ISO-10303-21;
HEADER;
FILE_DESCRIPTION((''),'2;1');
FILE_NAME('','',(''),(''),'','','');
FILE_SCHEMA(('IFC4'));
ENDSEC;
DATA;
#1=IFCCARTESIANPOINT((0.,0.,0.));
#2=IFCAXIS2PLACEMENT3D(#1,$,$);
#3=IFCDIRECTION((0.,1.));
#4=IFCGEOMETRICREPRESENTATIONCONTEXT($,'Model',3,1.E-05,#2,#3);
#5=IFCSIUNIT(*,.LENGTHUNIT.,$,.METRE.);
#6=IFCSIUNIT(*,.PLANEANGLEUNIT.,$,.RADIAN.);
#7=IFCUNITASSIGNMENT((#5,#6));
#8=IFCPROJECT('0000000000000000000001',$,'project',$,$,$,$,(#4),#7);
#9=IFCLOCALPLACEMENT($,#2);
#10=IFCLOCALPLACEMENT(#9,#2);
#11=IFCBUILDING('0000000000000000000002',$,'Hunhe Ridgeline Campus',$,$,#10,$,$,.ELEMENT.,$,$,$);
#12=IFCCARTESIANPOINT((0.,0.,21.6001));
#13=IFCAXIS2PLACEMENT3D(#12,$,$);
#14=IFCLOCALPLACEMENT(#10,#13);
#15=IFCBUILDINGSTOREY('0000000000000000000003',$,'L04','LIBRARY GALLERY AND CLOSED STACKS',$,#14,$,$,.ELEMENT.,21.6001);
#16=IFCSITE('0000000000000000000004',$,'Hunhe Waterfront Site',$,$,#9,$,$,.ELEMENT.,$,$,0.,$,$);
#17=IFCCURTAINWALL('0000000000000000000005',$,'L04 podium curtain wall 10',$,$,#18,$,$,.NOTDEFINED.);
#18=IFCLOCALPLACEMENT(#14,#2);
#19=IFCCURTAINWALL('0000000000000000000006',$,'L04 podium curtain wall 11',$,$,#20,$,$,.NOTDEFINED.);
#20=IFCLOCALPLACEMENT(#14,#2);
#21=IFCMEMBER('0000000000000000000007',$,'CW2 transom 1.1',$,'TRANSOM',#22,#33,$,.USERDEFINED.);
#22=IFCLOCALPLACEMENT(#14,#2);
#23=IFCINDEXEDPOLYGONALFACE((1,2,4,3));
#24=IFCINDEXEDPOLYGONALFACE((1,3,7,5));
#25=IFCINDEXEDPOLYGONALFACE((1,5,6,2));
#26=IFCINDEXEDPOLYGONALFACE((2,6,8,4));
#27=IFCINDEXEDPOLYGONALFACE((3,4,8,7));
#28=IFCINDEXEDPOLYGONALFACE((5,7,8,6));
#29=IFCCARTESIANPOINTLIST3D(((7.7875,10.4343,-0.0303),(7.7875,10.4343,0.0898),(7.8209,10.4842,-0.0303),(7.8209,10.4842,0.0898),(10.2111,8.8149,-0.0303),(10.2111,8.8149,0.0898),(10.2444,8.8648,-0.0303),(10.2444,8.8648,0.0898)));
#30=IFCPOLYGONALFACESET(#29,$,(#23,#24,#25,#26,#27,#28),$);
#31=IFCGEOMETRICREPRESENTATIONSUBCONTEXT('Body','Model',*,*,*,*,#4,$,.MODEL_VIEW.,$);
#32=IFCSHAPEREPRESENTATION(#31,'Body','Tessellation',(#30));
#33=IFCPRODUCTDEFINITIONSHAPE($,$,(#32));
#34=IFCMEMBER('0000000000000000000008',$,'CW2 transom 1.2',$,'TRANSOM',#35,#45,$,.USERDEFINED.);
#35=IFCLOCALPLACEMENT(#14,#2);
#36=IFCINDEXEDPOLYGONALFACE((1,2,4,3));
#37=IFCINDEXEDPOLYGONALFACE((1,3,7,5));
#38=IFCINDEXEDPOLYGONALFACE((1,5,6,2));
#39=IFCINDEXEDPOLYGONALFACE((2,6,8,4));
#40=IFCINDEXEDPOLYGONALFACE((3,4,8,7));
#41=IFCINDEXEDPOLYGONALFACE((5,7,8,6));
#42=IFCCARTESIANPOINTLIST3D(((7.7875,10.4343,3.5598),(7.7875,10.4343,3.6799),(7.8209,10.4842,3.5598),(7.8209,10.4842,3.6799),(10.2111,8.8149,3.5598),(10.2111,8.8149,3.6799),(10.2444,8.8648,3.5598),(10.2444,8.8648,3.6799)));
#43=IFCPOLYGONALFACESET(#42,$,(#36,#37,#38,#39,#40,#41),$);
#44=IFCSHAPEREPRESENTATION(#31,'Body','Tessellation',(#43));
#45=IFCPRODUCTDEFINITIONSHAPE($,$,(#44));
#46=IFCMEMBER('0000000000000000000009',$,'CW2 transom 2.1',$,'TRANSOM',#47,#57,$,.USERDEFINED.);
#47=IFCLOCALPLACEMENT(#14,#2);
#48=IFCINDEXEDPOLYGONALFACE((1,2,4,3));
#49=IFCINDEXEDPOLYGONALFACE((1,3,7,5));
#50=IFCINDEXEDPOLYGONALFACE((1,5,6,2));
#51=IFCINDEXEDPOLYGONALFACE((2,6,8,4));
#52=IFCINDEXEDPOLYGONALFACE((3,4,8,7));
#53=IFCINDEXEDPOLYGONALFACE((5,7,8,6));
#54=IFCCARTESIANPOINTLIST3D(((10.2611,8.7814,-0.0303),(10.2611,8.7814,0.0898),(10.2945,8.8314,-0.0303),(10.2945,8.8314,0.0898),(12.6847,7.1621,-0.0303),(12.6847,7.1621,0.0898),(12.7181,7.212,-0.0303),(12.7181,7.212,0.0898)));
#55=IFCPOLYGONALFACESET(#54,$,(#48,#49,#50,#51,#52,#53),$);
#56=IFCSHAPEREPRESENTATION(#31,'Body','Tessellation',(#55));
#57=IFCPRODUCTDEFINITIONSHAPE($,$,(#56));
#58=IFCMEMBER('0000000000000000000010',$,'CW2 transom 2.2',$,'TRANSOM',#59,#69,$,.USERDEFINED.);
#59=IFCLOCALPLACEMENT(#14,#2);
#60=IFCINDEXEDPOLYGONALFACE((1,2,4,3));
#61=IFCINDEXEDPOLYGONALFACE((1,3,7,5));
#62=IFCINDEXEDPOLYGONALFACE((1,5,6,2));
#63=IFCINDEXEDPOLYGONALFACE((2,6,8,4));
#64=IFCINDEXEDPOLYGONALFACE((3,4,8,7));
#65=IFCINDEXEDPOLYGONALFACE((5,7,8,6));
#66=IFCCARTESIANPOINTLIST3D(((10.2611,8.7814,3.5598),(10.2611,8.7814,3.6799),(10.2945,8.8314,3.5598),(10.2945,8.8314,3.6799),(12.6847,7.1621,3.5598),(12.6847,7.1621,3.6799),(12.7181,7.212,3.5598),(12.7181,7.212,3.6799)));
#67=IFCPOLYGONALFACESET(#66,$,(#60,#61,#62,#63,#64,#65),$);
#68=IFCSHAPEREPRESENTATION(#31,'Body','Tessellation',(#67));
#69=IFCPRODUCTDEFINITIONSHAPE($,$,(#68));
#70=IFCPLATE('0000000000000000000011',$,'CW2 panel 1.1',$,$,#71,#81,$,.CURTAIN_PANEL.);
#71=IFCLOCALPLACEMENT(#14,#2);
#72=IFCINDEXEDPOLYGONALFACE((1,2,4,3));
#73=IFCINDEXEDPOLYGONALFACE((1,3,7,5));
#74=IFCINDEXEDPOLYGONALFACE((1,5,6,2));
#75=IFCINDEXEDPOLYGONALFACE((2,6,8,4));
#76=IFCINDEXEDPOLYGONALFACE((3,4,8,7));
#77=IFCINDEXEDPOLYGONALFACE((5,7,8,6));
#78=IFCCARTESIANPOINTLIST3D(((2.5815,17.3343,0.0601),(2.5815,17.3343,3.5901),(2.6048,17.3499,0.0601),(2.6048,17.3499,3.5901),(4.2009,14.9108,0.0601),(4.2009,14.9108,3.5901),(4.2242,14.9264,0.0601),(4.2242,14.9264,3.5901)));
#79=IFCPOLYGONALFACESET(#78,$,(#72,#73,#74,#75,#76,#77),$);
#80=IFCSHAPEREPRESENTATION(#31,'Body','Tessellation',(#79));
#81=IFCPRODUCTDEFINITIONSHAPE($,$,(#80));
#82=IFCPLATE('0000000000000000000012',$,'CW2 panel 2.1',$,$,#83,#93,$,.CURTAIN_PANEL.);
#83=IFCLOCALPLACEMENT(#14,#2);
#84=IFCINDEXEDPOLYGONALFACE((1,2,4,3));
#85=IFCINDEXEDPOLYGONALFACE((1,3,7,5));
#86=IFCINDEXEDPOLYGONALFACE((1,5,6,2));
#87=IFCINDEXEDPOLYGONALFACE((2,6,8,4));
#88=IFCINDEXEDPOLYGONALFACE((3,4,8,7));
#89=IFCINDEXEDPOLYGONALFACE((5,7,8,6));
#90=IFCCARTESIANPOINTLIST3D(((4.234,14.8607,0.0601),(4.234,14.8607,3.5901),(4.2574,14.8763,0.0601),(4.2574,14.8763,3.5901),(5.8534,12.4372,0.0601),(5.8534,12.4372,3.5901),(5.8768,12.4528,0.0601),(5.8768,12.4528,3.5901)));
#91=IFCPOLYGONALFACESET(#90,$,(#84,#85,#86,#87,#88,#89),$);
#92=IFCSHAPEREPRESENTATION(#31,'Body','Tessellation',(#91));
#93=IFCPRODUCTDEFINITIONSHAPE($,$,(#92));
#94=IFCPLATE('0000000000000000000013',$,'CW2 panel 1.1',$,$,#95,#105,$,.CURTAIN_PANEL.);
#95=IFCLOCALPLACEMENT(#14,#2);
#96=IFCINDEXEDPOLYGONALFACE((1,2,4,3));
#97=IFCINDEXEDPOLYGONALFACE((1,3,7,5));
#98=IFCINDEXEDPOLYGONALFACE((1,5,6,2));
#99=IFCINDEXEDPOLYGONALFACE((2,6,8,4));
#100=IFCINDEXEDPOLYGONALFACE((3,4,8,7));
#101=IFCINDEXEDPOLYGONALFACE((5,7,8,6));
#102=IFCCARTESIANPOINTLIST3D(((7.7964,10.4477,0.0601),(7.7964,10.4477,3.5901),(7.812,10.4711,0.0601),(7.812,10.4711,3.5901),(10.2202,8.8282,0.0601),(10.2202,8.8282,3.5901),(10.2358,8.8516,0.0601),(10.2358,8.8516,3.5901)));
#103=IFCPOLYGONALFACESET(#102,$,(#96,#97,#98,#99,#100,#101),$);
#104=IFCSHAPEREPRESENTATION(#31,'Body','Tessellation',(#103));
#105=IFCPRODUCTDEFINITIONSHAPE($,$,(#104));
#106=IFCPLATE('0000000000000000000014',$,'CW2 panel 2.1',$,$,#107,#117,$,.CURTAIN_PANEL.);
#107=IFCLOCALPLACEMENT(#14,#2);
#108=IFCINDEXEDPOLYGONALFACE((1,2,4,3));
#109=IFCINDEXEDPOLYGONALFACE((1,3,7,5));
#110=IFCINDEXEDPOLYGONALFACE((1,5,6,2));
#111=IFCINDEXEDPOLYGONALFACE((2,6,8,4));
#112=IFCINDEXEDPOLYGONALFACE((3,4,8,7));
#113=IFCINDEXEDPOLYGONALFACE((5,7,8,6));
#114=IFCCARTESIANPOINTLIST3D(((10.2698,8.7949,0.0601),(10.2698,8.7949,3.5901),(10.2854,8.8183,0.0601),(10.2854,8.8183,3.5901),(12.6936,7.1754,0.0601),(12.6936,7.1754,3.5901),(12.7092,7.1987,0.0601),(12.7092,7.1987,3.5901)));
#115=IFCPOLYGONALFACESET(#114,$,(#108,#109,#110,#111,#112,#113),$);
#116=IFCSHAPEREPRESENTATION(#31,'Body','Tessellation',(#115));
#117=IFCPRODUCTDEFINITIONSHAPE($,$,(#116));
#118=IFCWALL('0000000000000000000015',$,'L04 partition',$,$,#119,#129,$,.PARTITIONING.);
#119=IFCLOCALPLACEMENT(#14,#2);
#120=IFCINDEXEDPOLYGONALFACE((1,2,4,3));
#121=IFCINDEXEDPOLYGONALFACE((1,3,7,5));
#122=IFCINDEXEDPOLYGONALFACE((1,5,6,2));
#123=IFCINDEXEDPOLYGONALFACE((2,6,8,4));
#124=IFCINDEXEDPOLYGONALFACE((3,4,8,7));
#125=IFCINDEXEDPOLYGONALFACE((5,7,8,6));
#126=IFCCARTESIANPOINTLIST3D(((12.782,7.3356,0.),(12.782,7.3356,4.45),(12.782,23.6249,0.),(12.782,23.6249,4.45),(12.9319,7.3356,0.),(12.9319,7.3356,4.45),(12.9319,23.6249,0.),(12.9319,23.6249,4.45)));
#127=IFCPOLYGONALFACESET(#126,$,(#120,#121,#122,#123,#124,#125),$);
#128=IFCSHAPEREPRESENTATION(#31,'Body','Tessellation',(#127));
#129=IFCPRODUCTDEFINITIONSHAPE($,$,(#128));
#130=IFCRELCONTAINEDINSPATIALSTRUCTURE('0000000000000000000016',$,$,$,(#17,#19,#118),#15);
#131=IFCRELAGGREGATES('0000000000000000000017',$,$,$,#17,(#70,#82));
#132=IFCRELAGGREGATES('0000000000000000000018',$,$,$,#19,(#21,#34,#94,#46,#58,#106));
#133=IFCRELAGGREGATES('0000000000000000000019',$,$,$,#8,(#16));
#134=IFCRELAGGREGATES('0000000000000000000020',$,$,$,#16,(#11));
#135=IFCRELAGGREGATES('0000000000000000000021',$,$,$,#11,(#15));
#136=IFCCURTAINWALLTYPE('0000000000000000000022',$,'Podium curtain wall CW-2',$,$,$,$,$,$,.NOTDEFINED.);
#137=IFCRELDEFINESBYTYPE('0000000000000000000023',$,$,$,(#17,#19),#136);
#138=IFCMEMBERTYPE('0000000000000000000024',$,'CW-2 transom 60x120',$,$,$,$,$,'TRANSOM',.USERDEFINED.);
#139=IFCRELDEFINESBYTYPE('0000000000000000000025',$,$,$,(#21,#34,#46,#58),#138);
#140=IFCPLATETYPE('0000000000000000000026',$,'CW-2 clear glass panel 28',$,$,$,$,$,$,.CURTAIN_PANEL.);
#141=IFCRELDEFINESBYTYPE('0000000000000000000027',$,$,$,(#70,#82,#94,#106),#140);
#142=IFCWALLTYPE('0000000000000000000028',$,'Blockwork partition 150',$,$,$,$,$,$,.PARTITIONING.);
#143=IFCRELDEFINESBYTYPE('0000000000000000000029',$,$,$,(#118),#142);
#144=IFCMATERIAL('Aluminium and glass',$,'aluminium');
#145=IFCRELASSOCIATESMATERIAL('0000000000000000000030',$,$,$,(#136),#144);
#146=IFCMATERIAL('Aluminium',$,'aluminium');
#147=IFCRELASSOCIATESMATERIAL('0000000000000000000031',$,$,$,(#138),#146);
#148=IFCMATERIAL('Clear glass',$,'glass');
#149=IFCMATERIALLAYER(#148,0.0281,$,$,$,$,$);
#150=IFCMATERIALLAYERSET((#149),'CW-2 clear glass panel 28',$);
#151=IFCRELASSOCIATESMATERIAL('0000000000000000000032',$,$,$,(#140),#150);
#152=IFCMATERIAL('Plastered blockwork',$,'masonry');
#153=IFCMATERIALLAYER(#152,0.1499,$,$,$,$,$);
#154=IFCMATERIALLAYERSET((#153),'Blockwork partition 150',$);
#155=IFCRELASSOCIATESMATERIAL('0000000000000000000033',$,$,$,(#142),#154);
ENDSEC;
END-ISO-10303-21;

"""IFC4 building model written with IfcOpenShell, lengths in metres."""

from ifc_helpers import new_model, si_unit, direction, frame, frame_2d, origin, origin_2d, place, context, subcontext, project, spatial, rectangle, extrude, material, layer, layer_set, material_profile, profile_set, type_object, element, aggregate, save


model = new_model("IFC4")

# Units and contexts
model_context = context("Model", 3, precision=1e-05, world=origin(), true_north=direction((0.0, 1.0)))
body_context = subcontext(model_context, "Body", "Model", "MODEL_VIEW")
ifc_project = project(units=[si_unit("LENGTHUNIT", "METRE"), si_unit("PLANEANGLEUNIT", "RADIAN")], contexts=[model_context])

# Site, building, storey
site_placement = place(None, origin())
site = spatial("IfcSite", under=ifc_project, at=site_placement, Name="Hunhe Waterfront Site", CompositionType="ELEMENT", RefElevation=0.0)
building_placement = place(site_placement, origin())
building = spatial("IfcBuilding", under=site, at=building_placement, Name="Hunhe Ridgeline Campus", CompositionType="ELEMENT")
storey_placement = place(building_placement, frame((0.0, 0.0, 21.6001)))
storey = spatial("IfcBuildingStorey", under=building, at=storey_placement, Name="L04", Description="LIBRARY GALLERY AND CLOSED STACKS", CompositionType="ELEMENT", Elevation=21.6001)

# Curtain walls
ifc_material_1 = material(Name="Aluminium and glass", Category="aluminium")
curtain_wall_type = type_object("IfcCurtainWallType", Name="Podium curtain wall CW-2", PredefinedType="NOTDEFINED", material=ifc_material_1)
curtain_wall_1_placement = place(storey_placement, origin())
curtain_wall_1 = element("IfcCurtainWall", 1, at=curtain_wall_1_placement, inside=storey, type_object=curtain_wall_type, Name="L04 podium curtain wall 10", PredefinedType="NOTDEFINED")
ifc_material_2 = material(Name="Aluminium", Category="aluminium")
curtain_wall_2_placement = place(storey_placement, origin())
curtain_wall_2 = element("IfcCurtainWall", 2, at=curtain_wall_2_placement, inside=storey, type_object=curtain_wall_type, Name="L04 podium curtain wall 11", PredefinedType="NOTDEFINED")

# Members
ifc_material_profile_1 = material_profile(ifc_material_2, rectangle(XDim=0.0601, YDim=0.1201, at=origin_2d()))
ifc_profile_set_1 = profile_set([ifc_material_profile_1], Name="Aluminium")
member_type_1 = type_object("IfcMemberType", Name="CW-2 transom 60x120", ElementType="TRANSOM", PredefinedType="USERDEFINED", material=ifc_profile_set_1)
member_1_placement = place(storey_placement, frame((7.8042, 10.4592, 0.0298), z_axis=(0.83147, -0.55557, 0.0), x_axis=(0.55557, 0.83147, 0.0)))
member_1 = element("IfcMember", 3, at=member_1_placement, type_object=member_type_1, Name="CW2 transom 1.1", ObjectType="TRANSOM", PredefinedType="USERDEFINED", context=body_context, shape_type="SweptSolid", body=[
    extrude(rectangle(XDim=0.0601, YDim=0.1201, at=origin_2d()), origin(), (0.0, 0.0, 1.0), 2.9148),
])
member_2_placement = place(storey_placement, frame((7.8042, 10.4592, 3.6199), z_axis=(0.83147, -0.55557, 0.0), x_axis=(0.55557, 0.83147, 0.0)))
member_2 = element("IfcMember", 4, at=member_2_placement, type_object=member_type_1, Name="CW2 transom 1.2", ObjectType="TRANSOM", PredefinedType="USERDEFINED", context=body_context, shape_type="SweptSolid", body=[
    extrude(rectangle(XDim=0.0601, YDim=0.1201, at=origin_2d()), origin(), (0.0, 0.0, 1.0), 2.9148),
])
member_3_placement = place(storey_placement, frame((10.2778, 8.8064, 0.0298), z_axis=(0.83147, -0.55557, 0.0), x_axis=(0.55557, 0.83147, 0.0)))
member_3 = element("IfcMember", 5, at=member_3_placement, type_object=member_type_1, Name="CW2 transom 2.1", ObjectType="TRANSOM", PredefinedType="USERDEFINED", context=body_context, shape_type="SweptSolid", body=[
    extrude(rectangle(XDim=0.0601, YDim=0.1201, at=origin_2d()), origin(), (0.0, 0.0, 1.0), 2.9148),
])
member_4_placement = place(storey_placement, frame((10.2778, 8.8064, 3.6199), z_axis=(0.83147, -0.55557, 0.0), x_axis=(0.55557, 0.83147, 0.0)))
member_4 = element("IfcMember", 6, at=member_4_placement, type_object=member_type_1, Name="CW2 transom 2.2", ObjectType="TRANSOM", PredefinedType="USERDEFINED", context=body_context, shape_type="SweptSolid", body=[
    extrude(rectangle(XDim=0.0601, YDim=0.1201, at=origin_2d()), origin(), (0.0, 0.0, 1.0), 2.9148),
])

# Plates
ifc_material_3 = material(Name="Clear glass", Category="glass")
ifc_layer_1 = layer(ifc_material_3, 0.0281)
ifc_layer_set_1 = layer_set([ifc_layer_1], Name="CW-2 clear glass panel 28")
plate_type = type_object("IfcPlateType", Name="CW-2 clear glass panel 28", PredefinedType="CURTAIN_PANEL", material=ifc_layer_set_1)
plate_1_placement = place(storey_placement, frame((3.4028, 16.1304, 0.0601), z_axis=(0.0, 0.0, 1.0), x_axis=(0.555579, -0.831464, 0.0)))
plate_1 = element("IfcPlate", 7, at=plate_1_placement, type_object=plate_type, Name="CW2 panel 1.1", PredefinedType="CURTAIN_PANEL", context=body_context, shape_type="SweptSolid", body=[
    extrude(rectangle(XDim=2.9148, YDim=0.0281, at=origin_2d()), origin(), (0.0, 0.0, 1.0), 3.53),
])
plate_2_placement = place(storey_placement, frame((5.0554, 13.6567, 0.0601), z_axis=(0.0, 0.0, 1.0), x_axis=(0.555579, -0.831464, 0.0)))
plate_2 = element("IfcPlate", 8, at=plate_2_placement, type_object=plate_type, Name="CW2 panel 2.1", PredefinedType="CURTAIN_PANEL", context=body_context, shape_type="SweptSolid", body=[
    extrude(rectangle(XDim=2.9148, YDim=0.0281, at=origin_2d()), origin(), (0.0, 0.0, 1.0), 3.53),
])
aggregate(curtain_wall_1, [plate_1, plate_2])
plate_3_placement = place(storey_placement, frame((9.0161, 9.6497, 0.0601), z_axis=(0.0, 0.0, 1.0), x_axis=(0.831469, -0.555572, 0.0)))
plate_3 = element("IfcPlate", 9, at=plate_3_placement, type_object=plate_type, Name="CW2 panel 1.1", PredefinedType="CURTAIN_PANEL", context=body_context, shape_type="SweptSolid", body=[
    extrude(rectangle(XDim=2.915, YDim=0.0281, at=origin_2d()), origin(), (0.0, 0.0, 1.0), 3.53),
])
plate_4_placement = place(storey_placement, frame((11.4895, 7.9968, 0.0601), z_axis=(0.0, 0.0, 1.0), x_axis=(0.831469, -0.555572, 0.0)))
plate_4 = element("IfcPlate", 10, at=plate_4_placement, type_object=plate_type, Name="CW2 panel 2.1", PredefinedType="CURTAIN_PANEL", context=body_context, shape_type="SweptSolid", body=[
    extrude(rectangle(XDim=2.915, YDim=0.0281, at=origin_2d()), origin(), (0.0, 0.0, 1.0), 3.53),
])
aggregate(curtain_wall_2, [member_1, member_2, plate_3, member_3, member_4, plate_4])

# Wall
ifc_material_4 = material(Name="Plastered blockwork", Category="masonry")
ifc_layer_2 = layer(ifc_material_4, 0.1499)
ifc_layer_set_2 = layer_set([ifc_layer_2], Name="Blockwork partition 150")
wall_type = type_object("IfcWallType", Name="Blockwork partition 150", PredefinedType="PARTITIONING", material=ifc_layer_set_2)
wall_placement = place(storey_placement, frame((12.8569, 7.3357, 0.0), z_axis=(0.0, 0.0, 1.0), x_axis=(0.0, 1.0, 0.0)))
element("IfcWall", 11, at=wall_placement, inside=storey, type_object=wall_type, Name="L04 partition", PredefinedType="PARTITIONING", context=body_context, shape_type="SweptSolid", body=[
    extrude(rectangle(XDim=16.2893, YDim=0.1499, at=frame_2d((8.1445, 0.0))), origin(), (0.0, 0.0, 1.0), 4.45),
])

save(model, "model.ifc")
